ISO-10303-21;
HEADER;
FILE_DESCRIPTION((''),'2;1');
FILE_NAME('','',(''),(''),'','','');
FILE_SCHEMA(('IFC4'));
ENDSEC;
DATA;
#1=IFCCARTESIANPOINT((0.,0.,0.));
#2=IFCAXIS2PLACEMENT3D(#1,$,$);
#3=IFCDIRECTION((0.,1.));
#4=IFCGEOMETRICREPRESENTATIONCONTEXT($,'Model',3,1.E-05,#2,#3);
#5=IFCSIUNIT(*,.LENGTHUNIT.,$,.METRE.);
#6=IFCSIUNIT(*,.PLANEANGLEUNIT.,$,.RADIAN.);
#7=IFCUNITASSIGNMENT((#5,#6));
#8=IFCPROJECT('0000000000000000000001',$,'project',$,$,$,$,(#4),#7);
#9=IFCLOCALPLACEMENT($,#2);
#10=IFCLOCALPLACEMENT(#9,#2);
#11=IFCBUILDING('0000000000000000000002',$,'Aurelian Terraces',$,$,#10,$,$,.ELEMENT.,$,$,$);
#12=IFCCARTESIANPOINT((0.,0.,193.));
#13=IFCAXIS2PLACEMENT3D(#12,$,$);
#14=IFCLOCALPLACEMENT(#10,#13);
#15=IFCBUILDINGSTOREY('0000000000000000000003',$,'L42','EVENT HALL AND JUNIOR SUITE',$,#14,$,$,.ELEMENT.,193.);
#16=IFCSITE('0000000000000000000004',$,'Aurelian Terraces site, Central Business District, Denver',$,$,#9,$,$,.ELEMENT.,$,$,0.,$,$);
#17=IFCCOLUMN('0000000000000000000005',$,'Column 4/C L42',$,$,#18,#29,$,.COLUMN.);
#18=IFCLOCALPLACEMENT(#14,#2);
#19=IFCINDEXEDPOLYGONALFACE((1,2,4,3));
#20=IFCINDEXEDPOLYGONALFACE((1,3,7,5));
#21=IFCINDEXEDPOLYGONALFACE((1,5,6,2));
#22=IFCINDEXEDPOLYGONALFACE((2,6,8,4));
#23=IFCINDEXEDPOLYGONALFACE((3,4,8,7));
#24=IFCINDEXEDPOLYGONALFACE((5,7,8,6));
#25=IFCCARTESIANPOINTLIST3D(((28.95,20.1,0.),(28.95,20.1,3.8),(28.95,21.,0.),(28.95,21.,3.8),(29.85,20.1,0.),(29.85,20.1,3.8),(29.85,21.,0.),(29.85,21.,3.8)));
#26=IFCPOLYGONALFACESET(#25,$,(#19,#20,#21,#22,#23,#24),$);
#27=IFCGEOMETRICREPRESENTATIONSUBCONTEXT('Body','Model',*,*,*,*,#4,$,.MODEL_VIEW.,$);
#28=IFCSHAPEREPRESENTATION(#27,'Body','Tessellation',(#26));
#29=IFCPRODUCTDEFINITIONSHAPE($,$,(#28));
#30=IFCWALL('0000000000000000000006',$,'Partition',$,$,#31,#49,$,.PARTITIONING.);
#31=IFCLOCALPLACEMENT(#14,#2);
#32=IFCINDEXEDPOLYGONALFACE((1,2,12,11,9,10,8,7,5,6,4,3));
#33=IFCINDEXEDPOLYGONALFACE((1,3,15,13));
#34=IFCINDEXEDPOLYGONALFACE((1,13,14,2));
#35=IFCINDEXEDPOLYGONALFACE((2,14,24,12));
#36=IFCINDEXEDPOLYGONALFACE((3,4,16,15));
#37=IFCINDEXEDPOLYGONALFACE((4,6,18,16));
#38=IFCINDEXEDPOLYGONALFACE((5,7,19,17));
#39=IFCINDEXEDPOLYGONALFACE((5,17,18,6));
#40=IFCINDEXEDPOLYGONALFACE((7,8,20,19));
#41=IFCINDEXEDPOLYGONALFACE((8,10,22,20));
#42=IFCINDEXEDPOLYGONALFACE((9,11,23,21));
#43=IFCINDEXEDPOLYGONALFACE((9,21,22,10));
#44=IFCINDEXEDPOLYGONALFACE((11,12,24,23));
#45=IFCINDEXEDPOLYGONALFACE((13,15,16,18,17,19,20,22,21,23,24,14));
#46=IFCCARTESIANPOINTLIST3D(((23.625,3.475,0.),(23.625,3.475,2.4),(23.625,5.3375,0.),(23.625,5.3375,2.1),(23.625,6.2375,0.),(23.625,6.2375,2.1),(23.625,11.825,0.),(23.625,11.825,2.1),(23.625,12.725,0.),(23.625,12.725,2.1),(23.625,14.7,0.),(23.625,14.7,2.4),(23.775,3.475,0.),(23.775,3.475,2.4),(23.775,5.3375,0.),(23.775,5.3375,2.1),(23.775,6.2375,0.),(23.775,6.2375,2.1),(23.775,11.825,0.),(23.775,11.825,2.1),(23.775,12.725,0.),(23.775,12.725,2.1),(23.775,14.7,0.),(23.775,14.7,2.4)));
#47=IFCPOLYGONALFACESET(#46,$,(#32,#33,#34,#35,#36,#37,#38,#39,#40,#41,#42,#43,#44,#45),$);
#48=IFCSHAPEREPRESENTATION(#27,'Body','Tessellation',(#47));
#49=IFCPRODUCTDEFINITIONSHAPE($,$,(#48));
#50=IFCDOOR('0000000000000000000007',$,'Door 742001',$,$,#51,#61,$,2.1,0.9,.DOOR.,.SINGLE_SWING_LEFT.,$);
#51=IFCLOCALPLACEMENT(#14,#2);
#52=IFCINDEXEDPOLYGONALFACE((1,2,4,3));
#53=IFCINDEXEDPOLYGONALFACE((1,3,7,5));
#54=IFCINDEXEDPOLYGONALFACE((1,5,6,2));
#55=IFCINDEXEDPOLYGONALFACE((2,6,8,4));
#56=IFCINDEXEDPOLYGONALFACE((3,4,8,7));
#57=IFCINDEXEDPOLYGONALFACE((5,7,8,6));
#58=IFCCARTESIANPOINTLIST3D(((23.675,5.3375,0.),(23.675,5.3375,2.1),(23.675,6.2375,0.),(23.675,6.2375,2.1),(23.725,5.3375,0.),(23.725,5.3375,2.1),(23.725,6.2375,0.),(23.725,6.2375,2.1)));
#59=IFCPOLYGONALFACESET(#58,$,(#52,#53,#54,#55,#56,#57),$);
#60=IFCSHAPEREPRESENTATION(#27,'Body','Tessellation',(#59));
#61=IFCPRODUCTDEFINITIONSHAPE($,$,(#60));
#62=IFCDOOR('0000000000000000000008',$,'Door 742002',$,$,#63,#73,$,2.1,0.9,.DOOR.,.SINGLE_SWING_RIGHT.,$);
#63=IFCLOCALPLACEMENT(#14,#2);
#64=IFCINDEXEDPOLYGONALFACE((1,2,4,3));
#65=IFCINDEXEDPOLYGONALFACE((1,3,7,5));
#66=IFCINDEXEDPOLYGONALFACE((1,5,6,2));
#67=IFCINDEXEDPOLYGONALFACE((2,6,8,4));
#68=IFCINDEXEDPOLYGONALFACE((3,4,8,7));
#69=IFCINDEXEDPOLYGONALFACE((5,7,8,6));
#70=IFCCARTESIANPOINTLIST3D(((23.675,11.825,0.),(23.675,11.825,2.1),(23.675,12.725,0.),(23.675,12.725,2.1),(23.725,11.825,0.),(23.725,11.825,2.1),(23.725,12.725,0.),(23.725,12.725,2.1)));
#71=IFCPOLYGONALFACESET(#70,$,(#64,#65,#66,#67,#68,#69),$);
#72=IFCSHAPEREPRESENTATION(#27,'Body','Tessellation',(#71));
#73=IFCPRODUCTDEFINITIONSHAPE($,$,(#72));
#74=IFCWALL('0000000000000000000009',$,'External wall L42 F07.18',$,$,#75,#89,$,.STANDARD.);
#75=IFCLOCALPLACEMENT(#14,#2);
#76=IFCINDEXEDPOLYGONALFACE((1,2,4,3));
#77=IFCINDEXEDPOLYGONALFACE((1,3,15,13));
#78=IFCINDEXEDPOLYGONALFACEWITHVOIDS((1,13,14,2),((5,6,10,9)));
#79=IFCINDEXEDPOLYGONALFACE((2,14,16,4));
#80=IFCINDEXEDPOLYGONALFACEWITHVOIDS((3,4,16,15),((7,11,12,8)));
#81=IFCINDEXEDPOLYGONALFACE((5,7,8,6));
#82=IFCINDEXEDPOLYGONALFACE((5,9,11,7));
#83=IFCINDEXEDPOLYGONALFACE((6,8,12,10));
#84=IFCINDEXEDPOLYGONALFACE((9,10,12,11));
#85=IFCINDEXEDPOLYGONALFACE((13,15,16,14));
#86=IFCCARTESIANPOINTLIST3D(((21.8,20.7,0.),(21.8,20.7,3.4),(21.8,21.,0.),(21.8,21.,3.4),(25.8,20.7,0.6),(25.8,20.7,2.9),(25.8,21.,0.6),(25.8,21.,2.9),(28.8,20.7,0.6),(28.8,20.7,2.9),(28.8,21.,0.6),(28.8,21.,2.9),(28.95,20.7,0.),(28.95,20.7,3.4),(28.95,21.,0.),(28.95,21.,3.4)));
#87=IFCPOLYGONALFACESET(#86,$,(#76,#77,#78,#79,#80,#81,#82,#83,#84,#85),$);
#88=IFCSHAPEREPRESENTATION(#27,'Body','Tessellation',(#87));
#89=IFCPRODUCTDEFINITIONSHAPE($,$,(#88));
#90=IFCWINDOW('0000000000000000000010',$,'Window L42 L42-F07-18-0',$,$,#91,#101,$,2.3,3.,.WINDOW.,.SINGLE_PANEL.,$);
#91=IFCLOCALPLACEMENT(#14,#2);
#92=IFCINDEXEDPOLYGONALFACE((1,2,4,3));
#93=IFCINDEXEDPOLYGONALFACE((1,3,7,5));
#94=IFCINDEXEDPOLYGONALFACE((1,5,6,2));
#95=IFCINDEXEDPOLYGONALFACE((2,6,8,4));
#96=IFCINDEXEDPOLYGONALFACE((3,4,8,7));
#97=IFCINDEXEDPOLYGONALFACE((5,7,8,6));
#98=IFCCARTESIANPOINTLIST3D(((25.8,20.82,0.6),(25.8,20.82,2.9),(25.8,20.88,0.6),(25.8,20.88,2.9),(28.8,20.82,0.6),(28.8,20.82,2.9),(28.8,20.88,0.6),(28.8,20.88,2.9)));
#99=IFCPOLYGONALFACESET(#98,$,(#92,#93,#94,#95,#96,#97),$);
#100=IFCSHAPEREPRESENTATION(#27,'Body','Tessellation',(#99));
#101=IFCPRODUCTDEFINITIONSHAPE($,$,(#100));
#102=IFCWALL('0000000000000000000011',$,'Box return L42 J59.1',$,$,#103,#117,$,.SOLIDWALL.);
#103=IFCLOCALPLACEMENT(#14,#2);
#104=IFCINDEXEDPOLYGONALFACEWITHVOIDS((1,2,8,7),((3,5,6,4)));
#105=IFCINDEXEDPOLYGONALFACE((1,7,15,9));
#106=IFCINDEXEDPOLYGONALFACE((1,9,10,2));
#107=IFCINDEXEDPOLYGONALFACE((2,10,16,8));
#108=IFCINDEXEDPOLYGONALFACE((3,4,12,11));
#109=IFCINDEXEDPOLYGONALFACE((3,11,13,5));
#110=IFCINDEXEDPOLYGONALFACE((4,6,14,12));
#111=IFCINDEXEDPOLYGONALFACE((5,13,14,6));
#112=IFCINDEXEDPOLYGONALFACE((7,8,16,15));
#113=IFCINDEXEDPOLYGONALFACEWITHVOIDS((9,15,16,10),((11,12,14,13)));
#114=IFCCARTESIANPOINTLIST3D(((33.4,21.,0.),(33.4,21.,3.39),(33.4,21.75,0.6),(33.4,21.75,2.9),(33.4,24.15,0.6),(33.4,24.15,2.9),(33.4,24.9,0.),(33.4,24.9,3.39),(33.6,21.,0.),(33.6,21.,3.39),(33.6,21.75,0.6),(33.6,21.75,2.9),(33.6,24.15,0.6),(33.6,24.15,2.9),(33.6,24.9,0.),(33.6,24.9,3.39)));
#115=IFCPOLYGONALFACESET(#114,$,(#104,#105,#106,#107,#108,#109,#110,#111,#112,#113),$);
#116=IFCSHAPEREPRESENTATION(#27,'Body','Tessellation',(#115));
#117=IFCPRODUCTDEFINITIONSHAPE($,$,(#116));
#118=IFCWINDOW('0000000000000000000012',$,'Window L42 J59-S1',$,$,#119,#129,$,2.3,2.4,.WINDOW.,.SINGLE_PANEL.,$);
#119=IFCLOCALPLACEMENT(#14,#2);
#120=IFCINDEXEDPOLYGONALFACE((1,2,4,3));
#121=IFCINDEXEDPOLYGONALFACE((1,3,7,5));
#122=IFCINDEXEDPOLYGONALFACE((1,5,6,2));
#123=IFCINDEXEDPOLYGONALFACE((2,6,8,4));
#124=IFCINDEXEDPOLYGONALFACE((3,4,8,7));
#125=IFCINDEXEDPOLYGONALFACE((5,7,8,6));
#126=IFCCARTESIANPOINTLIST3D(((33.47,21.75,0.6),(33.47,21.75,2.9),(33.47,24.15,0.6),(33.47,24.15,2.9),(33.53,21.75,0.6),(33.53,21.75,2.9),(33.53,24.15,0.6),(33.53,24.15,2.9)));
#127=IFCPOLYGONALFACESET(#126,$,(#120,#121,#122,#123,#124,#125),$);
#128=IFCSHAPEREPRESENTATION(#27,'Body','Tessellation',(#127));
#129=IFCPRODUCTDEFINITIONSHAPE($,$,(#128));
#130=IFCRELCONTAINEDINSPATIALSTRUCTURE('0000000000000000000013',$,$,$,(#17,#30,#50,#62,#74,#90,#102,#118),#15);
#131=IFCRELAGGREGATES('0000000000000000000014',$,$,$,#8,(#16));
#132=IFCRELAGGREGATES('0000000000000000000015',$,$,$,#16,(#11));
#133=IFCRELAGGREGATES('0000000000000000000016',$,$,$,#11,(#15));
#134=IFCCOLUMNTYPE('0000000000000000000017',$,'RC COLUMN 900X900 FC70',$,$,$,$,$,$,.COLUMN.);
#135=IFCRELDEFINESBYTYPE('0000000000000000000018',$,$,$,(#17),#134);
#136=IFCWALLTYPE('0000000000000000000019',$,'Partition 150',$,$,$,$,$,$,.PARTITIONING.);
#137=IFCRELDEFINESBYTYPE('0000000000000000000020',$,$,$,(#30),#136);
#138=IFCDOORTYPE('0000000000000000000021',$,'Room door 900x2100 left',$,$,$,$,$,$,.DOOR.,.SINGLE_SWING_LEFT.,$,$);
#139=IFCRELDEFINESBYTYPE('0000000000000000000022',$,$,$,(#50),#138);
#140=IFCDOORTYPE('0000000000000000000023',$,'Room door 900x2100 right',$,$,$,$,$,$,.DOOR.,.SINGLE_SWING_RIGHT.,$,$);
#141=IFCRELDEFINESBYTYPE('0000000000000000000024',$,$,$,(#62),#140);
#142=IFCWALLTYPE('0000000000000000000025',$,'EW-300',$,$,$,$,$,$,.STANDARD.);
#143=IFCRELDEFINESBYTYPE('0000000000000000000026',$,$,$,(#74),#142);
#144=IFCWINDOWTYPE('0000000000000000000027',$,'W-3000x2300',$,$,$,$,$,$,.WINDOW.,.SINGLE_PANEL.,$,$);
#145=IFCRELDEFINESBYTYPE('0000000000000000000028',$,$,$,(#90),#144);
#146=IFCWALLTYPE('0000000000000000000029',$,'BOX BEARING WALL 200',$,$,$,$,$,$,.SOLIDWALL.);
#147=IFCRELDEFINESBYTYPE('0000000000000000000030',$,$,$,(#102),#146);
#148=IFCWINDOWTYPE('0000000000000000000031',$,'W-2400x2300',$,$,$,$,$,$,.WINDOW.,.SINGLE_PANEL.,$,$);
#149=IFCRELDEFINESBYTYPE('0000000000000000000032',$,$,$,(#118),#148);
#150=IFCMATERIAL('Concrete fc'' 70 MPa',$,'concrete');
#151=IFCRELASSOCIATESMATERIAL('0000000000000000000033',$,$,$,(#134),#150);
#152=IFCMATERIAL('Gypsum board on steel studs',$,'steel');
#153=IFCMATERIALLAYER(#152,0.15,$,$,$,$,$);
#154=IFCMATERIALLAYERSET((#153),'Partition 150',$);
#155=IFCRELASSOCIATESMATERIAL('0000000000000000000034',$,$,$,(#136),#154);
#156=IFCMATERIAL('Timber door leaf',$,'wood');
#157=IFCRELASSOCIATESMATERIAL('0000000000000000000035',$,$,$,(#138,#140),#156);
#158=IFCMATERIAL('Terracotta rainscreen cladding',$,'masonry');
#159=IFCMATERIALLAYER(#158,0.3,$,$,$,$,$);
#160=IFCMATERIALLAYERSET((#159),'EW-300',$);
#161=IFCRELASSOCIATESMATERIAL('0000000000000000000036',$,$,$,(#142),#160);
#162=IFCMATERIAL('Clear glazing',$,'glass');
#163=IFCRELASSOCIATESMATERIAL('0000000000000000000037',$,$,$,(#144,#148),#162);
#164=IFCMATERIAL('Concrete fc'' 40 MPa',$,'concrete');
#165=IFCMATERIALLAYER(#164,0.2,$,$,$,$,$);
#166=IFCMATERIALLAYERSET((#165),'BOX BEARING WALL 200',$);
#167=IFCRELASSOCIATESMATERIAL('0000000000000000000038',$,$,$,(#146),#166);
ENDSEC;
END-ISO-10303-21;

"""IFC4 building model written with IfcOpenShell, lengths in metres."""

from ifc_helpers import new_model, si_unit, direction, frame, frame_2d, origin, origin_2d, place, context, subcontext, project, spatial, rectangle, extrude, source, transform, mapped, material, layer, layer_set, material_profile, profile_set, type_object, element, fill, save


model = new_model("IFC4")

# Units and contexts
model_context = context("Model", 3, precision=1e-05, world=origin(), true_north=direction((0.0, 1.0)))
body_context = subcontext(model_context, "Body", "Model", "MODEL_VIEW")
ifc_project = project(units=[si_unit("LENGTHUNIT", "METRE"), si_unit("PLANEANGLEUNIT", "RADIAN")], contexts=[model_context])

# Site, building, storey
site_placement = place(None, origin())
site = spatial("IfcSite", under=ifc_project, at=site_placement, Name="Aurelian Terraces site, Central Business District, Denver", CompositionType="ELEMENT", RefElevation=0.0)
building_placement = place(site_placement, origin())
building = spatial("IfcBuilding", under=site, at=building_placement, Name="Aurelian Terraces", CompositionType="ELEMENT")
storey_placement = place(building_placement, frame((0.0, 0.0, 193.0)))
storey = spatial("IfcBuildingStorey", under=building, at=storey_placement, Name="L42", Description="EVENT HALL AND JUNIOR SUITE", CompositionType="ELEMENT", Elevation=193.0)

# Column
ifc_material_1 = material(Name="Concrete fc' 70 MPa", Category="concrete")
ifc_material_profile = material_profile(ifc_material_1, rectangle(XDim=0.9, YDim=0.9, at=origin_2d()))
ifc_profile_set = profile_set([ifc_material_profile], Name="Concrete fc' 70 MPa")
column_type = type_object("IfcColumnType", Name="RC COLUMN 900X900 FC70", PredefinedType="COLUMN", material=ifc_profile_set)
shared_shape_1 = source(origin(), body_context, "Body", "SweptSolid", [
    extrude(rectangle(XDim=0.9, YDim=0.9, at=origin_2d()), origin(), (0.0, 0.0, 1.0), 3.8),
])
column_placement = place(storey_placement, frame((29.4, 20.55, 0.0), z_axis=(0.0, 0.0, 1.0), x_axis=(1.0, 0.0, 0.0)))
element("IfcColumn", 1, at=column_placement, inside=storey, type_object=column_type, Name="Column 4/C L42", PredefinedType="COLUMN", context=body_context, shape_type="MappedRepresentation", body=[
    mapped(shared_shape_1, transform((0.0, 0.0, 0.0), scale=1.0)),
])

# Wall, openings, doors
ifc_material_2 = material(Name="Gypsum board on steel studs", Category="steel")
ifc_layer_1 = layer(ifc_material_2, 0.15)
ifc_layer_set_1 = layer_set([ifc_layer_1], Name="Partition 150")
wall_type_1 = type_object("IfcWallType", Name="Partition 150", PredefinedType="PARTITIONING", material=ifc_layer_set_1)
wall_1_placement = place(storey_placement, frame((23.7, 14.7, 0.0), z_axis=(0.0, 0.0, 1.0), x_axis=(0.0, -1.0, 0.0)))
wall_1 = element("IfcWall", 2, at=wall_1_placement, inside=storey, type_object=wall_type_1, Name="Partition", PredefinedType="PARTITIONING", context=body_context, shape_type="SweptSolid", body=[
    extrude(rectangle(XDim=11.225, YDim=0.15, at=frame_2d((5.6125, 0.0))), origin(), (0.0, 0.0, 1.0), 2.4),
])
shared_shape_2 = source(origin(), body_context, "Body", "SweptSolid", [
    extrude(rectangle(XDim=0.9, YDim=2.1, at=frame_2d((0.45, 1.05))), frame((0.0, 0.085, 0.0), z_axis=(0.0, -1.0, 0.0), x_axis=(1.0, 0.0, 0.0)), (0.0, 0.0, 1.0), 0.17),
])
opening_1_placement = place(wall_1_placement, frame((8.4625, 0.0, 0.0)))
opening_1 = element("IfcOpeningElement", 3, at=opening_1_placement, cuts=wall_1, PredefinedType="OPENING", context=body_context, shape_type="MappedRepresentation", body=[
    mapped(shared_shape_2, transform((0.0, 0.0, 0.0), scale=1.0)),
])
opening_2_placement = place(wall_1_placement, frame((1.975, 0.0, 0.0)))
opening_2 = element("IfcOpeningElement", 4, at=opening_2_placement, cuts=wall_1, PredefinedType="OPENING", context=body_context, shape_type="MappedRepresentation", body=[
    mapped(shared_shape_2, transform((0.0, 0.0, 0.0), scale=1.0)),
])
ifc_material_3 = material(Name="Timber door leaf", Category="wood")
door_type_1 = type_object("IfcDoorType", Name="Room door 900x2100 left", OperationType="SINGLE_SWING_LEFT", PredefinedType="DOOR", material=ifc_material_3)
shared_shape_3 = source(origin(), body_context, "Body", "SweptSolid", [
    extrude(rectangle(XDim=0.9, YDim=2.1, at=frame_2d((0.45, 1.05))), frame((0.0, 0.025, 0.0), z_axis=(0.0, -1.0, 0.0), x_axis=(1.0, 0.0, 0.0)), (0.0, 0.0, 1.0), 0.05),
])
door_1_placement = place(opening_1_placement, origin())
door_1 = element("IfcDoor", 5, at=door_1_placement, inside=storey, type_object=door_type_1, Name="Door 742001", OperationType="SINGLE_SWING_LEFT", OverallHeight=2.1, OverallWidth=0.9, PredefinedType="DOOR", context=body_context, shape_type="MappedRepresentation", body=[
    mapped(shared_shape_3, transform((0.0, 0.0, 0.0), scale=1.0)),
])
fill(opening_1, door_1)
door_type_2 = type_object("IfcDoorType", Name="Room door 900x2100 right", OperationType="SINGLE_SWING_RIGHT", PredefinedType="DOOR", material=ifc_material_3)
door_2_placement = place(opening_2_placement, origin())
door_2 = element("IfcDoor", 6, at=door_2_placement, inside=storey, type_object=door_type_2, Name="Door 742002", OperationType="SINGLE_SWING_RIGHT", OverallHeight=2.1, OverallWidth=0.9, PredefinedType="DOOR", context=body_context, shape_type="MappedRepresentation", body=[
    mapped(shared_shape_3, transform((0.0, 0.0, 0.0), scale=1.0)),
])
fill(opening_2, door_2)

# Walls, openings, windows
ifc_material_4 = material(Name="Terracotta rainscreen cladding", Category="masonry")
ifc_layer_2 = layer(ifc_material_4, 0.3)
ifc_layer_set_2 = layer_set([ifc_layer_2], Name="EW-300")
wall_type_2 = type_object("IfcWallType", Name="EW-300", PredefinedType="STANDARD", material=ifc_layer_set_2)
shared_shape_4 = source(origin(), body_context, "Body", "SweptSolid", [
    extrude(rectangle(XDim=7.15, YDim=0.3, at=frame_2d((3.575, 0.0))), origin(), (0.0, 0.0, 1.0), 3.4),
])
wall_2_placement = place(storey_placement, frame((28.95, 20.85, 0.0), z_axis=(0.0, 0.0, 1.0), x_axis=(-1.0, 0.0, 0.0)))
wall_2 = element("IfcWall", 7, at=wall_2_placement, inside=storey, type_object=wall_type_2, Name="External wall L42 F07.18", PredefinedType="STANDARD", context=body_context, shape_type="MappedRepresentation", body=[
    mapped(shared_shape_4, transform((0.0, 0.0, 0.0), scale=1.0)),
])
shared_shape_5 = source(origin(), body_context, "Body", "SweptSolid", [
    extrude(rectangle(XDim=3.0, YDim=2.3, at=frame_2d((1.5, 1.15))), frame((0.0, 0.16, 0.0), z_axis=(0.0, -1.0, 0.0), x_axis=(1.0, 0.0, 0.0)), (0.0, 0.0, 1.0), 0.32),
])
opening_3_placement = place(wall_2_placement, frame((0.15, 0.0, 0.6)))
opening_3 = element("IfcOpeningElement", 8, at=opening_3_placement, cuts=wall_2, PredefinedType="OPENING", context=body_context, shape_type="MappedRepresentation", body=[
    mapped(shared_shape_5, transform((0.0, 0.0, 0.0), scale=1.0)),
])
ifc_material_5 = material(Name="Clear glazing", Category="glass")
window_type_1 = type_object("IfcWindowType", Name="W-3000x2300", PartitioningType="SINGLE_PANEL", PredefinedType="WINDOW", material=ifc_material_5)
shared_shape_6 = source(origin(), body_context, "Body", "SweptSolid", [
    extrude(rectangle(XDim=3.0, YDim=2.3, at=frame_2d((1.5, 1.15))), frame((0.0, 0.03, 0.0), z_axis=(0.0, -1.0, 0.0), x_axis=(1.0, 0.0, 0.0)), (0.0, 0.0, 1.0), 0.06),
])
window_1_placement = place(opening_3_placement, origin())
window_1 = element("IfcWindow", 9, at=window_1_placement, inside=storey, type_object=window_type_1, Name="Window L42 L42-F07-18-0", OverallHeight=2.3, OverallWidth=3.0, PartitioningType="SINGLE_PANEL", PredefinedType="WINDOW", context=body_context, shape_type="MappedRepresentation", body=[
    mapped(shared_shape_6, transform((0.0, 0.0, 0.0), scale=1.0)),
])
fill(opening_3, window_1)
ifc_material_6 = material(Name="Concrete fc' 40 MPa", Category="concrete")
ifc_layer_3 = layer(ifc_material_6, 0.2)
ifc_layer_set_3 = layer_set([ifc_layer_3], Name="BOX BEARING WALL 200")
wall_type_3 = type_object("IfcWallType", Name="BOX BEARING WALL 200", PredefinedType="SOLIDWALL", material=ifc_layer_set_3)
shared_shape_7 = source(origin(), body_context, "Body", "SweptSolid", [
    extrude(rectangle(XDim=3.9, YDim=0.2, at=frame_2d((1.95, 0.0))), origin(), (0.0, 0.0, 1.0), 3.39),
])
wall_3_placement = place(storey_placement, frame((33.5, 21.0, 0.0), z_axis=(0.0, 0.0, 1.0), x_axis=(0.0, 1.0, 0.0)))
wall_3 = element("IfcWall", 10, at=wall_3_placement, inside=storey, type_object=wall_type_3, Name="Box return L42 J59.1", PredefinedType="SOLIDWALL", context=body_context, shape_type="MappedRepresentation", body=[
    mapped(shared_shape_7, transform((0.0, 0.0, 0.0), scale=1.0)),
])
shared_shape_8 = source(origin(), body_context, "Body", "SweptSolid", [
    extrude(rectangle(XDim=2.4, YDim=2.3, at=frame_2d((1.2, 1.15))), frame((0.0, 0.11, 0.0), z_axis=(0.0, -1.0, 0.0), x_axis=(1.0, 0.0, 0.0)), (0.0, 0.0, 1.0), 0.22),
])
opening_4_placement = place(wall_3_placement, frame((0.75, 0.0, 0.6)))
opening_4 = element("IfcOpeningElement", 11, at=opening_4_placement, cuts=wall_3, PredefinedType="OPENING", context=body_context, shape_type="MappedRepresentation", body=[
    mapped(shared_shape_8, transform((0.0, 0.0, 0.0), scale=1.0)),
])
window_type_2 = type_object("IfcWindowType", Name="W-2400x2300", PartitioningType="SINGLE_PANEL", PredefinedType="WINDOW", material=ifc_material_5)
shared_shape_9 = source(origin(), body_context, "Body", "SweptSolid", [
    extrude(rectangle(XDim=2.4, YDim=2.3, at=frame_2d((1.2, 1.15))), frame((0.0, 0.03, 0.0), z_axis=(0.0, -1.0, 0.0), x_axis=(1.0, 0.0, 0.0)), (0.0, 0.0, 1.0), 0.06),
])
window_2_placement = place(opening_4_placement, origin())
window_2 = element("IfcWindow", 12, at=window_2_placement, inside=storey, type_object=window_type_2, Name="Window L42 J59-S1", OverallHeight=2.3, OverallWidth=2.4, PartitioningType="SINGLE_PANEL", PredefinedType="WINDOW", context=body_context, shape_type="MappedRepresentation", body=[
    mapped(shared_shape_9, transform((0.0, 0.0, 0.0), scale=1.0)),
])
fill(opening_4, window_2)

save(model, "model.ifc")
